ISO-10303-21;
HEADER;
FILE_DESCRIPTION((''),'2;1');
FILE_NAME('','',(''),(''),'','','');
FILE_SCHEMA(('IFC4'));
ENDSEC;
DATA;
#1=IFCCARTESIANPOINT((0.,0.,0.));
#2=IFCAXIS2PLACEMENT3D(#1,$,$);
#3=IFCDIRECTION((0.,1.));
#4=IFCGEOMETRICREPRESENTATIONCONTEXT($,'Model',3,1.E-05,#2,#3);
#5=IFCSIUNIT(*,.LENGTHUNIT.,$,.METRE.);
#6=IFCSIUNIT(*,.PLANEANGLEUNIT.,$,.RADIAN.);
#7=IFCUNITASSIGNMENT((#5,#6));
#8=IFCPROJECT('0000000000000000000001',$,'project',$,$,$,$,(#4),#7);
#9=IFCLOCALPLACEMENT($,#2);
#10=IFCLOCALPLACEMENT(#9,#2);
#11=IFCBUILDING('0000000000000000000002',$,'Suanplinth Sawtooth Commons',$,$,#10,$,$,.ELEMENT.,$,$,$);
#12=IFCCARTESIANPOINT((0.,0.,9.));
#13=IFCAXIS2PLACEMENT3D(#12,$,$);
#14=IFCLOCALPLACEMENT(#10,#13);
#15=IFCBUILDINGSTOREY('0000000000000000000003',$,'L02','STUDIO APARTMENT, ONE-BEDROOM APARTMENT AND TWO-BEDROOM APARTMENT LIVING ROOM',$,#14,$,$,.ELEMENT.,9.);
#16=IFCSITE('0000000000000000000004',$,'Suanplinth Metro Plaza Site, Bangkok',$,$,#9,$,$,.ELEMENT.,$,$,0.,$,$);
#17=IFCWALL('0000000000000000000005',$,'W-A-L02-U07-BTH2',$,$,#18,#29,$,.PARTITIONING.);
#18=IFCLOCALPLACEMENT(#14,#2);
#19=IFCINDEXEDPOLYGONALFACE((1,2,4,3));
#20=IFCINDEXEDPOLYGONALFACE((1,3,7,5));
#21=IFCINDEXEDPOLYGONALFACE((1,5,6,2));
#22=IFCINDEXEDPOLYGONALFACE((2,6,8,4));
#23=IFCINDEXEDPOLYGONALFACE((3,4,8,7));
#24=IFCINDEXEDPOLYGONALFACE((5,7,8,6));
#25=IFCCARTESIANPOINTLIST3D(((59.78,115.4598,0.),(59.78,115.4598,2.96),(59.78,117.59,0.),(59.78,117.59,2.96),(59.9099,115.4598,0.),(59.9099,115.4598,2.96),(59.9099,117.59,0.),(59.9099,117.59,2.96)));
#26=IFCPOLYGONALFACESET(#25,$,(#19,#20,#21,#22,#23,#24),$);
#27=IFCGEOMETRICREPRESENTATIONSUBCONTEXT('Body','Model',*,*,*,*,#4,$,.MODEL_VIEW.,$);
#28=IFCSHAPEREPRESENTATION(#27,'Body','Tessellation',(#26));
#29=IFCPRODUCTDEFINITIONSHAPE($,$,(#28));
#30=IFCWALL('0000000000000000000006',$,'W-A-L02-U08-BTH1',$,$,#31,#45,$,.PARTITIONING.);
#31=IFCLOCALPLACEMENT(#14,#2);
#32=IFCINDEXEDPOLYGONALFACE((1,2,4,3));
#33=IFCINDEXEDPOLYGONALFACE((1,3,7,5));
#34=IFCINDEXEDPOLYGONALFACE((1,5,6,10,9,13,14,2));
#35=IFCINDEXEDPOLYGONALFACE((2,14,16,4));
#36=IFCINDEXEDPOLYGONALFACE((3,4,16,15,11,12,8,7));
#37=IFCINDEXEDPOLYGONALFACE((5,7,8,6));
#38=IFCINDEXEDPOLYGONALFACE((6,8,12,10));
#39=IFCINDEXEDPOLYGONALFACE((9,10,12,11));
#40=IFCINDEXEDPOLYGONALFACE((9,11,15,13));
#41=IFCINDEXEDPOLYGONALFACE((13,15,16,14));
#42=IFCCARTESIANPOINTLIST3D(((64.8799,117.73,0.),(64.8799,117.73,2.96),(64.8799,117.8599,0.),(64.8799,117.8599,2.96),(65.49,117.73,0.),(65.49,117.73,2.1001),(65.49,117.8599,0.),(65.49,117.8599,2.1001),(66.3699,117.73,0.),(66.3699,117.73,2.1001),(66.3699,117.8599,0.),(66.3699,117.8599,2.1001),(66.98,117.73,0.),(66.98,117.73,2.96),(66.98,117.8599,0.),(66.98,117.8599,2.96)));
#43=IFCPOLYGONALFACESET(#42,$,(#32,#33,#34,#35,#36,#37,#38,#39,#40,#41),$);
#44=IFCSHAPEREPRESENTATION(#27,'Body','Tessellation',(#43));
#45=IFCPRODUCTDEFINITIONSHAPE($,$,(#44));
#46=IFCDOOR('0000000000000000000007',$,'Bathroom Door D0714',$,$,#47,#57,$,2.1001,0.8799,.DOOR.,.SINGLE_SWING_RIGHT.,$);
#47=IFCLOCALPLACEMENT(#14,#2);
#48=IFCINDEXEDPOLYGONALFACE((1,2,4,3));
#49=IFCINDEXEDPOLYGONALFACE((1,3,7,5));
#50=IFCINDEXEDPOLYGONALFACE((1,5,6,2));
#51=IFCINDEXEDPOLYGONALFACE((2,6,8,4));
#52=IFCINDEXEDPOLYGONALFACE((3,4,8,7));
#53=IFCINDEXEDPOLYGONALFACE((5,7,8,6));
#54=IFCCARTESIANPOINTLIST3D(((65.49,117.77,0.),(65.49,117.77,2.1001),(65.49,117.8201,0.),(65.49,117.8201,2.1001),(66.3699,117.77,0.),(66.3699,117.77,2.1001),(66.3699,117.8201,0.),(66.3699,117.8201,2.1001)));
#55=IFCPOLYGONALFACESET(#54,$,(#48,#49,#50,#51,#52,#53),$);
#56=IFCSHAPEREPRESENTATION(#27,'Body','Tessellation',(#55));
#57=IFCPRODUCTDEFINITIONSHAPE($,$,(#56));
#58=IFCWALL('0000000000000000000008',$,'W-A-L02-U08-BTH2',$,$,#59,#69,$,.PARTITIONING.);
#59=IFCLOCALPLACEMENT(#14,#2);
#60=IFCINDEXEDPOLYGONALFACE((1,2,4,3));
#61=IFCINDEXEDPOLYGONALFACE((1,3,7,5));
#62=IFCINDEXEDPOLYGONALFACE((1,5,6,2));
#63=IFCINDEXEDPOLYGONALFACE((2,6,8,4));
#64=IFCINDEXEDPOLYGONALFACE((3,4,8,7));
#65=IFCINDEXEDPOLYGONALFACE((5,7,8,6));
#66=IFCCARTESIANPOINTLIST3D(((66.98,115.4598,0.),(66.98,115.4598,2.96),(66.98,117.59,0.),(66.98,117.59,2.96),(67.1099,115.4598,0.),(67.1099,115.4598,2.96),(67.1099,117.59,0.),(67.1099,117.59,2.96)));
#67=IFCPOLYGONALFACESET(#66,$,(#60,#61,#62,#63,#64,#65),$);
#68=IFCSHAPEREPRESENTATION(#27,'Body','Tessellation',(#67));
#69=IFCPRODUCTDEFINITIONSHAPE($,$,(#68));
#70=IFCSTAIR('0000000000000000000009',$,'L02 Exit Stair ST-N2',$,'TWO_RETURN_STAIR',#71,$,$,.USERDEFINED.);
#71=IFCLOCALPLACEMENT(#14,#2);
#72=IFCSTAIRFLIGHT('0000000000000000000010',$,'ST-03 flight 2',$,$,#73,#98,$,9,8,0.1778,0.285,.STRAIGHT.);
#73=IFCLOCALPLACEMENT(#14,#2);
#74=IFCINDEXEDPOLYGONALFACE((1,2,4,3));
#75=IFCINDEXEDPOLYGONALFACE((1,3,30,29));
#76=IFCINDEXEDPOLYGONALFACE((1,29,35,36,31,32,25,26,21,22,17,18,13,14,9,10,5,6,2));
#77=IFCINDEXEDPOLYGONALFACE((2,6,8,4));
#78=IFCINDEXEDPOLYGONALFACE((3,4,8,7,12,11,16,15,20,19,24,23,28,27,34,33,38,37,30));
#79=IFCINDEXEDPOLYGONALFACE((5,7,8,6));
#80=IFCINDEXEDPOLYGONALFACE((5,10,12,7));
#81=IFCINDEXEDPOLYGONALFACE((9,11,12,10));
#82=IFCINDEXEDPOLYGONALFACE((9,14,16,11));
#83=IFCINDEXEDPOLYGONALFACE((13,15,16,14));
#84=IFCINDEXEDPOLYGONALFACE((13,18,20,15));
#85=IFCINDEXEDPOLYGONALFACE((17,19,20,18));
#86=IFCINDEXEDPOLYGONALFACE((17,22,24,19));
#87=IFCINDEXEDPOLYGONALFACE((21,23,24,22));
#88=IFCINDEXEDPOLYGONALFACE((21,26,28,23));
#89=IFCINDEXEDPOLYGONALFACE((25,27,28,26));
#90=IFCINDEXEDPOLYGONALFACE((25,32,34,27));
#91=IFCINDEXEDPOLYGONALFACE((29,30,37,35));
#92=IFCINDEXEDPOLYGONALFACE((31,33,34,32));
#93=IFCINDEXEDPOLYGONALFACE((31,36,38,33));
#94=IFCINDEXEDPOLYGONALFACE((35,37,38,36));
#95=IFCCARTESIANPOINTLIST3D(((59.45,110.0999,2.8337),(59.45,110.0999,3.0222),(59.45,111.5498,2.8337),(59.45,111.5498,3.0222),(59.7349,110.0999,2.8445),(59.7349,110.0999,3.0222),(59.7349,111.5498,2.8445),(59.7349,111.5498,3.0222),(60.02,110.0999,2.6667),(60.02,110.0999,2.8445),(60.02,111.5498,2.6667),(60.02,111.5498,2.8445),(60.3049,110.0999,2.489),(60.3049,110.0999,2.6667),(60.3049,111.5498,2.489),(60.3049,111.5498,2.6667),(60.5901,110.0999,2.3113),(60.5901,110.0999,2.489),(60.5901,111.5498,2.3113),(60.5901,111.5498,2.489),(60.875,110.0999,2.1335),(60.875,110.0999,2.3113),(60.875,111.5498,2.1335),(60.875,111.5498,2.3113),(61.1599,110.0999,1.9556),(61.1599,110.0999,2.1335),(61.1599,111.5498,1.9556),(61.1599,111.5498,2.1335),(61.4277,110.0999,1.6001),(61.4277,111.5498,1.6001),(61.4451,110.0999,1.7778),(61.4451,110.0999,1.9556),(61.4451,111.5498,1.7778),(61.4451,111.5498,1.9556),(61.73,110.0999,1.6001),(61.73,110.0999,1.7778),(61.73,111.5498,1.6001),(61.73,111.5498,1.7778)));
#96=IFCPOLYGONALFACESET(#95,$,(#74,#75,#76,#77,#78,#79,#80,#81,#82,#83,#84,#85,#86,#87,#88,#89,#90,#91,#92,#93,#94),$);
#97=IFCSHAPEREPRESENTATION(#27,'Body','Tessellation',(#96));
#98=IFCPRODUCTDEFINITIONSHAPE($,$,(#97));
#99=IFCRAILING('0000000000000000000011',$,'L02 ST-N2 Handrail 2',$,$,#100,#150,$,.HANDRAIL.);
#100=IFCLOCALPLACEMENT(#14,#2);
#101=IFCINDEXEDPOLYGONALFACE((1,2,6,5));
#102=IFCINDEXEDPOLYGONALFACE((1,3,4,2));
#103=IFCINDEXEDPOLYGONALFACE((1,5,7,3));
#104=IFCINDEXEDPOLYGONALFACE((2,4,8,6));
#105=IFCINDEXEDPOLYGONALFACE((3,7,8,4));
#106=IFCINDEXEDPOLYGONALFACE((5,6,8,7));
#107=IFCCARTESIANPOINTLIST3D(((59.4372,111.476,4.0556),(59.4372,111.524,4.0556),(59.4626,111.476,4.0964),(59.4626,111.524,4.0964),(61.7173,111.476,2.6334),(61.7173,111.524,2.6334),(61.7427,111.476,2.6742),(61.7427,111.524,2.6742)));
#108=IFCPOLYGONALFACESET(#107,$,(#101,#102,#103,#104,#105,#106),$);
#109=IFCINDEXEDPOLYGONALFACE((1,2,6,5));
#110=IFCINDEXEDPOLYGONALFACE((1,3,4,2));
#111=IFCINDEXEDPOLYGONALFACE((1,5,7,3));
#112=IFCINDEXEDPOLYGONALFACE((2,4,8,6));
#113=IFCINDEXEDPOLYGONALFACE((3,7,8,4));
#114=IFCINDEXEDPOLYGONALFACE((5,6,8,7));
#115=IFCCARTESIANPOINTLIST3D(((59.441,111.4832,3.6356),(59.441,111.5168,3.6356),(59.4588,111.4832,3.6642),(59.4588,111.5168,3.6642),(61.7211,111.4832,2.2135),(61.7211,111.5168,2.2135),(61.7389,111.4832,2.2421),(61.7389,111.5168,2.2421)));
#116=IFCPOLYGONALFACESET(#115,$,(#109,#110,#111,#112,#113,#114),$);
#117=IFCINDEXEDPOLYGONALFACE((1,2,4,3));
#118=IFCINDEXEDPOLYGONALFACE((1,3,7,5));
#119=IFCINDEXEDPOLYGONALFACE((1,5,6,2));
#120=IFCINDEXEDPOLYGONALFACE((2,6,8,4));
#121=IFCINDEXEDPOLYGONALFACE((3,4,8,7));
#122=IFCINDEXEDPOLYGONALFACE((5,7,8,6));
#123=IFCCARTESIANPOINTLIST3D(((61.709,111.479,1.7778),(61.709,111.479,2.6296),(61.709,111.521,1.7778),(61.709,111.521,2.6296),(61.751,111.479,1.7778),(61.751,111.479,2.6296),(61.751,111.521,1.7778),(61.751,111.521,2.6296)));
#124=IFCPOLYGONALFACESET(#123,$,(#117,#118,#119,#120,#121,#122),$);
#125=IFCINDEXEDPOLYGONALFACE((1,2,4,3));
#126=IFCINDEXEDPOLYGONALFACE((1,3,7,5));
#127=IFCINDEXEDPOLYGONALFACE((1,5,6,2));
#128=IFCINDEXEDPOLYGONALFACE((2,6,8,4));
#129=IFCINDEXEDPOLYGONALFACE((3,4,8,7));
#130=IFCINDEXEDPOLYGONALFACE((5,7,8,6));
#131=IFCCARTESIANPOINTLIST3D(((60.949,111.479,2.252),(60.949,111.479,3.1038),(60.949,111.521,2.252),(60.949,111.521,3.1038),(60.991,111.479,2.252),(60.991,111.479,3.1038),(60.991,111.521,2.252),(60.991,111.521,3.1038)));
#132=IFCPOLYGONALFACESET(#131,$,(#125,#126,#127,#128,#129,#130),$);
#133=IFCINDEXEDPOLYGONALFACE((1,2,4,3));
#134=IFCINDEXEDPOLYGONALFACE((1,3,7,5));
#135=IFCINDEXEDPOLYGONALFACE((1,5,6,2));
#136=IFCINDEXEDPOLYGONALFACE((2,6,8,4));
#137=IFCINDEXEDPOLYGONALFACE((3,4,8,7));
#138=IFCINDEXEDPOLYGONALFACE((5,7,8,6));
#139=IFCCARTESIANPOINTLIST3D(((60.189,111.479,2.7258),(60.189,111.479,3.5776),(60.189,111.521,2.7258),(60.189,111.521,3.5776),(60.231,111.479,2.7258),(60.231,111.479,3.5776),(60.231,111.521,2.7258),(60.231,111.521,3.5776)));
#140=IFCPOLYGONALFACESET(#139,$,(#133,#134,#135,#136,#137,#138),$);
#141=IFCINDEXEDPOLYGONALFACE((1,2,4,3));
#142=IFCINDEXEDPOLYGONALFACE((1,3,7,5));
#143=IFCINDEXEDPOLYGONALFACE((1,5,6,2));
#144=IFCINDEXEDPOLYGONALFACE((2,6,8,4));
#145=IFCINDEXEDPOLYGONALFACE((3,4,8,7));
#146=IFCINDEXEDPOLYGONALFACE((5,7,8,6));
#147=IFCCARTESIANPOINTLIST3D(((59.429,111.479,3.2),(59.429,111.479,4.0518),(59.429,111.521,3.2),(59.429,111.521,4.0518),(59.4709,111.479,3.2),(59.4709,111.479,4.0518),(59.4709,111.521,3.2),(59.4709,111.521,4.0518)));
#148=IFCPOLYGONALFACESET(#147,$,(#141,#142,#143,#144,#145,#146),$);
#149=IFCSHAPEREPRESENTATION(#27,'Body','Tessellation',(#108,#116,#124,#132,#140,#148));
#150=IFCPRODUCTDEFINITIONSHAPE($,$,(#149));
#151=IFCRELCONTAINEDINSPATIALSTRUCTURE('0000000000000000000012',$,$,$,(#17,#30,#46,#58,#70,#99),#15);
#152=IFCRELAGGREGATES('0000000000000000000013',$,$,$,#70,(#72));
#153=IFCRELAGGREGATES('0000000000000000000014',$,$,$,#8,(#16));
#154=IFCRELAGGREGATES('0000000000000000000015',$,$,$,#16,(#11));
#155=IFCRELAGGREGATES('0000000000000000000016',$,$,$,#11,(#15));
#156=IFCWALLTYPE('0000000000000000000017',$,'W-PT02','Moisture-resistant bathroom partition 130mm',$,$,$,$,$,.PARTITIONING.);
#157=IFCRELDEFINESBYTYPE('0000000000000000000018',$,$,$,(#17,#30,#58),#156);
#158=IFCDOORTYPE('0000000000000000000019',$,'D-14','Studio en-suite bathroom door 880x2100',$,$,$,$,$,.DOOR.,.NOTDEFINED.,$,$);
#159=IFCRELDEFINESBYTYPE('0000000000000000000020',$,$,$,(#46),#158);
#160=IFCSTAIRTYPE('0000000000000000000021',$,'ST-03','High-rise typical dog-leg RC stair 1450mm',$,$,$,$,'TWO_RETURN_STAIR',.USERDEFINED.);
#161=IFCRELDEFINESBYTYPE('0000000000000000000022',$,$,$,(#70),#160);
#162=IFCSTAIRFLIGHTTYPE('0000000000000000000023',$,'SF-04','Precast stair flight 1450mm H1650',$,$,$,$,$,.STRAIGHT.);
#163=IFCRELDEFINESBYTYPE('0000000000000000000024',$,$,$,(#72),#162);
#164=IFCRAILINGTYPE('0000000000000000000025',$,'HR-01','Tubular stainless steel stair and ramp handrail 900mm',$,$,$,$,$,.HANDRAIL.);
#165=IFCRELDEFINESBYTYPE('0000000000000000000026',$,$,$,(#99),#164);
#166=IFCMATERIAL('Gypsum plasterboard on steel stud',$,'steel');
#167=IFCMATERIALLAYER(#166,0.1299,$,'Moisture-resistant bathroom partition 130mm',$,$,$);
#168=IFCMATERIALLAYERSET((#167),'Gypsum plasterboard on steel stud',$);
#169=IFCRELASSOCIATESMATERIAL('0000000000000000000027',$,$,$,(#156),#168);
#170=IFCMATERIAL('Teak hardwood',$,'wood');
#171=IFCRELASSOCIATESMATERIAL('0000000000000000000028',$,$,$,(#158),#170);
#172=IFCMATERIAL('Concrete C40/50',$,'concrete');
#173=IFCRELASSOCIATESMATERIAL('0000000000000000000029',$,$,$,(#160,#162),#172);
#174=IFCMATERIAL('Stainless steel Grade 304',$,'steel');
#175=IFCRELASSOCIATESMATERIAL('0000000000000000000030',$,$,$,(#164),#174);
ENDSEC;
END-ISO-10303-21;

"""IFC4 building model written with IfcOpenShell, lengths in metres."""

from ifc_helpers import new_model, si_unit, direction, frame, frame_2d, origin, origin_2d, place, context, subcontext, project, spatial, polyline, rectangle, outline, extrude, material, layer, layer_set, type_object, element, fill, aggregate, save


model = new_model("IFC4")

# Units and contexts
model_context = context("Model", 3, precision=1e-05, world=origin(), true_north=direction((0.0, 1.0)))
body_context = subcontext(model_context, "Body", "Model", "MODEL_VIEW")
ifc_project = project(units=[si_unit("LENGTHUNIT", "METRE"), si_unit("PLANEANGLEUNIT", "RADIAN")], contexts=[model_context])

# Site, building, storey
site_placement = place(None, origin())
site = spatial("IfcSite", under=ifc_project, at=site_placement, Name="Suanplinth Metro Plaza Site, Bangkok", CompositionType="ELEMENT", RefElevation=0.0)
building_placement = place(site_placement, origin())
building = spatial("IfcBuilding", under=site, at=building_placement, Name="Suanplinth Sawtooth Commons", CompositionType="ELEMENT")
storey_placement = place(building_placement, frame((0.0, 0.0, 9.0)))
storey = spatial("IfcBuildingStorey", under=building, at=storey_placement, Name="L02", Description="STUDIO APARTMENT, ONE-BEDROOM APARTMENT AND TWO-BEDROOM APARTMENT LIVING ROOM", CompositionType="ELEMENT", Elevation=9.0)

# Shared definitions
ifc_material_1 = material(Name="Gypsum plasterboard on steel stud", Category="steel")
ifc_material_2 = material(Name="Teak hardwood", Category="wood")

# Wall
ifc_layer_1 = layer(ifc_material_1, 0.1299, Name="Moisture-resistant bathroom partition 130mm")
ifc_layer_set_1 = layer_set([ifc_layer_1], Name="Gypsum plasterboard on steel stud")
wall_type_1 = type_object("IfcWallType", Name="W-PT02", Description="Moisture-resistant bathroom partition 130mm", PredefinedType="PARTITIONING", material=ifc_layer_set_1)
wall_1_placement = place(storey_placement, frame((59.845, 115.46, 0.0), z_axis=(0.0, 0.0, 1.0), x_axis=(0.0, 1.0, 0.0)))
element("IfcWall", 1, at=wall_1_placement, inside=storey, type_object=wall_type_1, Name="W-A-L02-U07-BTH2", PredefinedType="PARTITIONING", context=body_context, shape_type="SweptSolid", body=[
    extrude(rectangle(XDim=2.1301, YDim=0.1299, at=frame_2d((1.0649, 0.0))), origin(), (0.0, 0.0, 1.0), 2.96),
])

# Wall, opening, door
wall_2_placement = place(storey_placement, frame((64.8799, 117.7949, 0.0), z_axis=(0.0, 0.0, 1.0), x_axis=(1.0, 0.0, 0.0)))
wall_2 = element("IfcWall", 2, at=wall_2_placement, inside=storey, type_object=wall_type_1, Name="W-A-L02-U08-BTH1", PredefinedType="PARTITIONING", context=body_context, shape_type="SweptSolid", body=[
    extrude(rectangle(XDim=2.1001, YDim=0.1299, at=frame_2d((1.05, 0.0))), origin(), (0.0, 0.0, 1.0), 2.96),
])
opening_1_placement = place(wall_2_placement, frame((0.6101, 0.0, 0.0)))
opening_1 = element("IfcOpeningElement", 3, at=opening_1_placement, cuts=wall_2, PredefinedType="OPENING", context=body_context, shape_type="SweptSolid", body=[
    extrude(rectangle(XDim=0.8799, YDim=2.1001, at=frame_2d((0.4399, 1.05))), frame((0.0, 0.0798, 0.0), z_axis=(0.0, -1.0, 0.0), x_axis=(1.0, 0.0, 0.0)), (0.0, 0.0, 1.0), 0.1597),
])
door_type_1 = type_object("IfcDoorType", Name="D-14", Description="Studio en-suite bathroom door 880x2100", OperationType="NOTDEFINED", PredefinedType="DOOR", material=ifc_material_2)
door_1_placement = place(opening_1_placement, frame((0.8799, 0.0, 0.0), z_axis=(0.0, 0.0, 1.0), x_axis=(-1.0, 0.0, 0.0)))
door_1 = element("IfcDoor", 4, at=door_1_placement, inside=storey, type_object=door_type_1, Name="Bathroom Door D0714", OperationType="SINGLE_SWING_RIGHT", OverallHeight=2.1001, OverallWidth=0.8799, PredefinedType="DOOR", context=body_context, shape_type="SweptSolid", body=[
    extrude(rectangle(XDim=0.8799, YDim=2.1001, at=frame_2d((0.4399, 1.05))), frame((0.0, 0.0249, 0.0), z_axis=(0.0, -1.0, 0.0), x_axis=(1.0, 0.0, 0.0)), (0.0, 0.0, 1.0), 0.05),
])
fill(opening_1, door_1)

# Wall
wall_3_placement = place(storey_placement, frame((67.0449, 115.46, 0.0), z_axis=(0.0, 0.0, 1.0), x_axis=(0.0, 1.0, 0.0)))
element("IfcWall", 5, at=wall_3_placement, inside=storey, type_object=wall_type_1, Name="W-A-L02-U08-BTH2", PredefinedType="PARTITIONING", context=body_context, shape_type="SweptSolid", body=[
    extrude(rectangle(XDim=2.1301, YDim=0.1299, at=frame_2d((1.0649, 0.0))), origin(), (0.0, 0.0, 1.0), 2.96),
])

# Shared definitions
ifc_material_3 = material(Name="Stainless steel Grade 304", Category="steel")

# Stair, stair flight
ifc_material_4 = material(Name="Concrete C40/50", Category="concrete")
stair_type = type_object("IfcStairType", Name="ST-03", Description="High-rise typical dog-leg RC stair 1450mm", ElementType="TWO_RETURN_STAIR", PredefinedType="USERDEFINED", material=ifc_material_4)
stair_placement = place(storey_placement, origin())
stair = element("IfcStair", 6, at=stair_placement, inside=storey, type_object=stair_type, Name="L02 Exit Stair ST-N2", ObjectType="TWO_RETURN_STAIR", PredefinedType="USERDEFINED")
stair_flight_type = type_object("IfcStairFlightType", Name="SF-04", Description="Precast stair flight 1450mm H1650", PredefinedType="STRAIGHT", material=ifc_material_4)
stair_flight_placement = place(storey_placement, frame((61.73, 110.825, 1.6001), z_axis=(0.0, 0.0, 1.0), x_axis=(-1.0, 0.0, 0.0)))
stair_flight = element("IfcStairFlight", 7, at=stair_flight_placement, type_object=stair_flight_type, Name="ST-03 flight 2", NumberOfRisers=9, NumberOfTreads=8, PredefinedType="STRAIGHT", RiserHeight=0.1778, TreadLength=0.285, context=body_context, shape_type="SweptSolid", body=[
    extrude(outline(polyline([(0.0, 0.0), (0.0, 0.1777), (0.2849, 0.1777), (0.2849, 0.3555), (0.5701, 0.3555), (0.5701, 0.5334), (0.855, 0.5334), (0.855, 0.7112), (1.1399, 0.7112), (1.1399, 0.8889), (1.425, 0.8889), (1.425, 1.0667), (1.71, 1.0667), (1.71, 1.2444), (1.9951, 1.2444), (1.9951, 1.4221), (2.28, 1.4221), (2.28, 1.6001), (2.28, 1.2336), (0.3022, 0.0), (0.0, 0.0)])), frame((0.0, 0.7251, 0.0), z_axis=(0.0, -1.0, 0.0), x_axis=(1.0, 0.0, 0.0)), (0.0, 0.0, 1.0), 1.45),
])
aggregate(stair, [stair_flight])

# Railing
railing_type = type_object("IfcRailingType", Name="HR-01", Description="Tubular stainless steel stair and ramp handrail 900mm", PredefinedType="HANDRAIL", material=ifc_material_3)
railing_placement = place(storey_placement, frame((61.73, 111.5, 1.7778)))
element("IfcRailing", 8, at=railing_placement, inside=storey, type_object=railing_type, Name="L02 ST-N2 Handrail 2", PredefinedType="HANDRAIL", context=body_context, shape_type="SweptSolid", body=[
    extrude(rectangle(XDim=0.0481, YDim=0.0481, at=origin_2d()), frame((0.0, 0.0, 0.876), z_axis=(-0.848483, 0.0, 0.529223), x_axis=(0.0, -1.0, 0.0)), (0.0, 0.0, 1.0), 2.6873),
    extrude(rectangle(XDim=0.0337, YDim=0.0337, at=origin_2d()), frame((0.0, 0.0, 0.45), z_axis=(-0.848483, 0.0, 0.529223), x_axis=(0.0, -1.0, 0.0)), (0.0, 0.0, 1.0), 2.6873),
    extrude(rectangle(XDim=0.042, YDim=0.042, at=origin_2d()), origin(), (0.0, 0.0, 1.0), 0.8518),
    extrude(rectangle(XDim=0.042, YDim=0.042, at=origin_2d()), frame((-0.76, 0.0, 0.4741)), (0.0, 0.0, 1.0), 0.8518),
    extrude(rectangle(XDim=0.042, YDim=0.042, at=origin_2d()), frame((-1.52, 0.0, 0.948)), (0.0, 0.0, 1.0), 0.8518),
    extrude(rectangle(XDim=0.042, YDim=0.042, at=origin_2d()), frame((-2.28, 0.0, 1.4221)), (0.0, 0.0, 1.0), 0.8518),
])

save(model, "model.ifc")
